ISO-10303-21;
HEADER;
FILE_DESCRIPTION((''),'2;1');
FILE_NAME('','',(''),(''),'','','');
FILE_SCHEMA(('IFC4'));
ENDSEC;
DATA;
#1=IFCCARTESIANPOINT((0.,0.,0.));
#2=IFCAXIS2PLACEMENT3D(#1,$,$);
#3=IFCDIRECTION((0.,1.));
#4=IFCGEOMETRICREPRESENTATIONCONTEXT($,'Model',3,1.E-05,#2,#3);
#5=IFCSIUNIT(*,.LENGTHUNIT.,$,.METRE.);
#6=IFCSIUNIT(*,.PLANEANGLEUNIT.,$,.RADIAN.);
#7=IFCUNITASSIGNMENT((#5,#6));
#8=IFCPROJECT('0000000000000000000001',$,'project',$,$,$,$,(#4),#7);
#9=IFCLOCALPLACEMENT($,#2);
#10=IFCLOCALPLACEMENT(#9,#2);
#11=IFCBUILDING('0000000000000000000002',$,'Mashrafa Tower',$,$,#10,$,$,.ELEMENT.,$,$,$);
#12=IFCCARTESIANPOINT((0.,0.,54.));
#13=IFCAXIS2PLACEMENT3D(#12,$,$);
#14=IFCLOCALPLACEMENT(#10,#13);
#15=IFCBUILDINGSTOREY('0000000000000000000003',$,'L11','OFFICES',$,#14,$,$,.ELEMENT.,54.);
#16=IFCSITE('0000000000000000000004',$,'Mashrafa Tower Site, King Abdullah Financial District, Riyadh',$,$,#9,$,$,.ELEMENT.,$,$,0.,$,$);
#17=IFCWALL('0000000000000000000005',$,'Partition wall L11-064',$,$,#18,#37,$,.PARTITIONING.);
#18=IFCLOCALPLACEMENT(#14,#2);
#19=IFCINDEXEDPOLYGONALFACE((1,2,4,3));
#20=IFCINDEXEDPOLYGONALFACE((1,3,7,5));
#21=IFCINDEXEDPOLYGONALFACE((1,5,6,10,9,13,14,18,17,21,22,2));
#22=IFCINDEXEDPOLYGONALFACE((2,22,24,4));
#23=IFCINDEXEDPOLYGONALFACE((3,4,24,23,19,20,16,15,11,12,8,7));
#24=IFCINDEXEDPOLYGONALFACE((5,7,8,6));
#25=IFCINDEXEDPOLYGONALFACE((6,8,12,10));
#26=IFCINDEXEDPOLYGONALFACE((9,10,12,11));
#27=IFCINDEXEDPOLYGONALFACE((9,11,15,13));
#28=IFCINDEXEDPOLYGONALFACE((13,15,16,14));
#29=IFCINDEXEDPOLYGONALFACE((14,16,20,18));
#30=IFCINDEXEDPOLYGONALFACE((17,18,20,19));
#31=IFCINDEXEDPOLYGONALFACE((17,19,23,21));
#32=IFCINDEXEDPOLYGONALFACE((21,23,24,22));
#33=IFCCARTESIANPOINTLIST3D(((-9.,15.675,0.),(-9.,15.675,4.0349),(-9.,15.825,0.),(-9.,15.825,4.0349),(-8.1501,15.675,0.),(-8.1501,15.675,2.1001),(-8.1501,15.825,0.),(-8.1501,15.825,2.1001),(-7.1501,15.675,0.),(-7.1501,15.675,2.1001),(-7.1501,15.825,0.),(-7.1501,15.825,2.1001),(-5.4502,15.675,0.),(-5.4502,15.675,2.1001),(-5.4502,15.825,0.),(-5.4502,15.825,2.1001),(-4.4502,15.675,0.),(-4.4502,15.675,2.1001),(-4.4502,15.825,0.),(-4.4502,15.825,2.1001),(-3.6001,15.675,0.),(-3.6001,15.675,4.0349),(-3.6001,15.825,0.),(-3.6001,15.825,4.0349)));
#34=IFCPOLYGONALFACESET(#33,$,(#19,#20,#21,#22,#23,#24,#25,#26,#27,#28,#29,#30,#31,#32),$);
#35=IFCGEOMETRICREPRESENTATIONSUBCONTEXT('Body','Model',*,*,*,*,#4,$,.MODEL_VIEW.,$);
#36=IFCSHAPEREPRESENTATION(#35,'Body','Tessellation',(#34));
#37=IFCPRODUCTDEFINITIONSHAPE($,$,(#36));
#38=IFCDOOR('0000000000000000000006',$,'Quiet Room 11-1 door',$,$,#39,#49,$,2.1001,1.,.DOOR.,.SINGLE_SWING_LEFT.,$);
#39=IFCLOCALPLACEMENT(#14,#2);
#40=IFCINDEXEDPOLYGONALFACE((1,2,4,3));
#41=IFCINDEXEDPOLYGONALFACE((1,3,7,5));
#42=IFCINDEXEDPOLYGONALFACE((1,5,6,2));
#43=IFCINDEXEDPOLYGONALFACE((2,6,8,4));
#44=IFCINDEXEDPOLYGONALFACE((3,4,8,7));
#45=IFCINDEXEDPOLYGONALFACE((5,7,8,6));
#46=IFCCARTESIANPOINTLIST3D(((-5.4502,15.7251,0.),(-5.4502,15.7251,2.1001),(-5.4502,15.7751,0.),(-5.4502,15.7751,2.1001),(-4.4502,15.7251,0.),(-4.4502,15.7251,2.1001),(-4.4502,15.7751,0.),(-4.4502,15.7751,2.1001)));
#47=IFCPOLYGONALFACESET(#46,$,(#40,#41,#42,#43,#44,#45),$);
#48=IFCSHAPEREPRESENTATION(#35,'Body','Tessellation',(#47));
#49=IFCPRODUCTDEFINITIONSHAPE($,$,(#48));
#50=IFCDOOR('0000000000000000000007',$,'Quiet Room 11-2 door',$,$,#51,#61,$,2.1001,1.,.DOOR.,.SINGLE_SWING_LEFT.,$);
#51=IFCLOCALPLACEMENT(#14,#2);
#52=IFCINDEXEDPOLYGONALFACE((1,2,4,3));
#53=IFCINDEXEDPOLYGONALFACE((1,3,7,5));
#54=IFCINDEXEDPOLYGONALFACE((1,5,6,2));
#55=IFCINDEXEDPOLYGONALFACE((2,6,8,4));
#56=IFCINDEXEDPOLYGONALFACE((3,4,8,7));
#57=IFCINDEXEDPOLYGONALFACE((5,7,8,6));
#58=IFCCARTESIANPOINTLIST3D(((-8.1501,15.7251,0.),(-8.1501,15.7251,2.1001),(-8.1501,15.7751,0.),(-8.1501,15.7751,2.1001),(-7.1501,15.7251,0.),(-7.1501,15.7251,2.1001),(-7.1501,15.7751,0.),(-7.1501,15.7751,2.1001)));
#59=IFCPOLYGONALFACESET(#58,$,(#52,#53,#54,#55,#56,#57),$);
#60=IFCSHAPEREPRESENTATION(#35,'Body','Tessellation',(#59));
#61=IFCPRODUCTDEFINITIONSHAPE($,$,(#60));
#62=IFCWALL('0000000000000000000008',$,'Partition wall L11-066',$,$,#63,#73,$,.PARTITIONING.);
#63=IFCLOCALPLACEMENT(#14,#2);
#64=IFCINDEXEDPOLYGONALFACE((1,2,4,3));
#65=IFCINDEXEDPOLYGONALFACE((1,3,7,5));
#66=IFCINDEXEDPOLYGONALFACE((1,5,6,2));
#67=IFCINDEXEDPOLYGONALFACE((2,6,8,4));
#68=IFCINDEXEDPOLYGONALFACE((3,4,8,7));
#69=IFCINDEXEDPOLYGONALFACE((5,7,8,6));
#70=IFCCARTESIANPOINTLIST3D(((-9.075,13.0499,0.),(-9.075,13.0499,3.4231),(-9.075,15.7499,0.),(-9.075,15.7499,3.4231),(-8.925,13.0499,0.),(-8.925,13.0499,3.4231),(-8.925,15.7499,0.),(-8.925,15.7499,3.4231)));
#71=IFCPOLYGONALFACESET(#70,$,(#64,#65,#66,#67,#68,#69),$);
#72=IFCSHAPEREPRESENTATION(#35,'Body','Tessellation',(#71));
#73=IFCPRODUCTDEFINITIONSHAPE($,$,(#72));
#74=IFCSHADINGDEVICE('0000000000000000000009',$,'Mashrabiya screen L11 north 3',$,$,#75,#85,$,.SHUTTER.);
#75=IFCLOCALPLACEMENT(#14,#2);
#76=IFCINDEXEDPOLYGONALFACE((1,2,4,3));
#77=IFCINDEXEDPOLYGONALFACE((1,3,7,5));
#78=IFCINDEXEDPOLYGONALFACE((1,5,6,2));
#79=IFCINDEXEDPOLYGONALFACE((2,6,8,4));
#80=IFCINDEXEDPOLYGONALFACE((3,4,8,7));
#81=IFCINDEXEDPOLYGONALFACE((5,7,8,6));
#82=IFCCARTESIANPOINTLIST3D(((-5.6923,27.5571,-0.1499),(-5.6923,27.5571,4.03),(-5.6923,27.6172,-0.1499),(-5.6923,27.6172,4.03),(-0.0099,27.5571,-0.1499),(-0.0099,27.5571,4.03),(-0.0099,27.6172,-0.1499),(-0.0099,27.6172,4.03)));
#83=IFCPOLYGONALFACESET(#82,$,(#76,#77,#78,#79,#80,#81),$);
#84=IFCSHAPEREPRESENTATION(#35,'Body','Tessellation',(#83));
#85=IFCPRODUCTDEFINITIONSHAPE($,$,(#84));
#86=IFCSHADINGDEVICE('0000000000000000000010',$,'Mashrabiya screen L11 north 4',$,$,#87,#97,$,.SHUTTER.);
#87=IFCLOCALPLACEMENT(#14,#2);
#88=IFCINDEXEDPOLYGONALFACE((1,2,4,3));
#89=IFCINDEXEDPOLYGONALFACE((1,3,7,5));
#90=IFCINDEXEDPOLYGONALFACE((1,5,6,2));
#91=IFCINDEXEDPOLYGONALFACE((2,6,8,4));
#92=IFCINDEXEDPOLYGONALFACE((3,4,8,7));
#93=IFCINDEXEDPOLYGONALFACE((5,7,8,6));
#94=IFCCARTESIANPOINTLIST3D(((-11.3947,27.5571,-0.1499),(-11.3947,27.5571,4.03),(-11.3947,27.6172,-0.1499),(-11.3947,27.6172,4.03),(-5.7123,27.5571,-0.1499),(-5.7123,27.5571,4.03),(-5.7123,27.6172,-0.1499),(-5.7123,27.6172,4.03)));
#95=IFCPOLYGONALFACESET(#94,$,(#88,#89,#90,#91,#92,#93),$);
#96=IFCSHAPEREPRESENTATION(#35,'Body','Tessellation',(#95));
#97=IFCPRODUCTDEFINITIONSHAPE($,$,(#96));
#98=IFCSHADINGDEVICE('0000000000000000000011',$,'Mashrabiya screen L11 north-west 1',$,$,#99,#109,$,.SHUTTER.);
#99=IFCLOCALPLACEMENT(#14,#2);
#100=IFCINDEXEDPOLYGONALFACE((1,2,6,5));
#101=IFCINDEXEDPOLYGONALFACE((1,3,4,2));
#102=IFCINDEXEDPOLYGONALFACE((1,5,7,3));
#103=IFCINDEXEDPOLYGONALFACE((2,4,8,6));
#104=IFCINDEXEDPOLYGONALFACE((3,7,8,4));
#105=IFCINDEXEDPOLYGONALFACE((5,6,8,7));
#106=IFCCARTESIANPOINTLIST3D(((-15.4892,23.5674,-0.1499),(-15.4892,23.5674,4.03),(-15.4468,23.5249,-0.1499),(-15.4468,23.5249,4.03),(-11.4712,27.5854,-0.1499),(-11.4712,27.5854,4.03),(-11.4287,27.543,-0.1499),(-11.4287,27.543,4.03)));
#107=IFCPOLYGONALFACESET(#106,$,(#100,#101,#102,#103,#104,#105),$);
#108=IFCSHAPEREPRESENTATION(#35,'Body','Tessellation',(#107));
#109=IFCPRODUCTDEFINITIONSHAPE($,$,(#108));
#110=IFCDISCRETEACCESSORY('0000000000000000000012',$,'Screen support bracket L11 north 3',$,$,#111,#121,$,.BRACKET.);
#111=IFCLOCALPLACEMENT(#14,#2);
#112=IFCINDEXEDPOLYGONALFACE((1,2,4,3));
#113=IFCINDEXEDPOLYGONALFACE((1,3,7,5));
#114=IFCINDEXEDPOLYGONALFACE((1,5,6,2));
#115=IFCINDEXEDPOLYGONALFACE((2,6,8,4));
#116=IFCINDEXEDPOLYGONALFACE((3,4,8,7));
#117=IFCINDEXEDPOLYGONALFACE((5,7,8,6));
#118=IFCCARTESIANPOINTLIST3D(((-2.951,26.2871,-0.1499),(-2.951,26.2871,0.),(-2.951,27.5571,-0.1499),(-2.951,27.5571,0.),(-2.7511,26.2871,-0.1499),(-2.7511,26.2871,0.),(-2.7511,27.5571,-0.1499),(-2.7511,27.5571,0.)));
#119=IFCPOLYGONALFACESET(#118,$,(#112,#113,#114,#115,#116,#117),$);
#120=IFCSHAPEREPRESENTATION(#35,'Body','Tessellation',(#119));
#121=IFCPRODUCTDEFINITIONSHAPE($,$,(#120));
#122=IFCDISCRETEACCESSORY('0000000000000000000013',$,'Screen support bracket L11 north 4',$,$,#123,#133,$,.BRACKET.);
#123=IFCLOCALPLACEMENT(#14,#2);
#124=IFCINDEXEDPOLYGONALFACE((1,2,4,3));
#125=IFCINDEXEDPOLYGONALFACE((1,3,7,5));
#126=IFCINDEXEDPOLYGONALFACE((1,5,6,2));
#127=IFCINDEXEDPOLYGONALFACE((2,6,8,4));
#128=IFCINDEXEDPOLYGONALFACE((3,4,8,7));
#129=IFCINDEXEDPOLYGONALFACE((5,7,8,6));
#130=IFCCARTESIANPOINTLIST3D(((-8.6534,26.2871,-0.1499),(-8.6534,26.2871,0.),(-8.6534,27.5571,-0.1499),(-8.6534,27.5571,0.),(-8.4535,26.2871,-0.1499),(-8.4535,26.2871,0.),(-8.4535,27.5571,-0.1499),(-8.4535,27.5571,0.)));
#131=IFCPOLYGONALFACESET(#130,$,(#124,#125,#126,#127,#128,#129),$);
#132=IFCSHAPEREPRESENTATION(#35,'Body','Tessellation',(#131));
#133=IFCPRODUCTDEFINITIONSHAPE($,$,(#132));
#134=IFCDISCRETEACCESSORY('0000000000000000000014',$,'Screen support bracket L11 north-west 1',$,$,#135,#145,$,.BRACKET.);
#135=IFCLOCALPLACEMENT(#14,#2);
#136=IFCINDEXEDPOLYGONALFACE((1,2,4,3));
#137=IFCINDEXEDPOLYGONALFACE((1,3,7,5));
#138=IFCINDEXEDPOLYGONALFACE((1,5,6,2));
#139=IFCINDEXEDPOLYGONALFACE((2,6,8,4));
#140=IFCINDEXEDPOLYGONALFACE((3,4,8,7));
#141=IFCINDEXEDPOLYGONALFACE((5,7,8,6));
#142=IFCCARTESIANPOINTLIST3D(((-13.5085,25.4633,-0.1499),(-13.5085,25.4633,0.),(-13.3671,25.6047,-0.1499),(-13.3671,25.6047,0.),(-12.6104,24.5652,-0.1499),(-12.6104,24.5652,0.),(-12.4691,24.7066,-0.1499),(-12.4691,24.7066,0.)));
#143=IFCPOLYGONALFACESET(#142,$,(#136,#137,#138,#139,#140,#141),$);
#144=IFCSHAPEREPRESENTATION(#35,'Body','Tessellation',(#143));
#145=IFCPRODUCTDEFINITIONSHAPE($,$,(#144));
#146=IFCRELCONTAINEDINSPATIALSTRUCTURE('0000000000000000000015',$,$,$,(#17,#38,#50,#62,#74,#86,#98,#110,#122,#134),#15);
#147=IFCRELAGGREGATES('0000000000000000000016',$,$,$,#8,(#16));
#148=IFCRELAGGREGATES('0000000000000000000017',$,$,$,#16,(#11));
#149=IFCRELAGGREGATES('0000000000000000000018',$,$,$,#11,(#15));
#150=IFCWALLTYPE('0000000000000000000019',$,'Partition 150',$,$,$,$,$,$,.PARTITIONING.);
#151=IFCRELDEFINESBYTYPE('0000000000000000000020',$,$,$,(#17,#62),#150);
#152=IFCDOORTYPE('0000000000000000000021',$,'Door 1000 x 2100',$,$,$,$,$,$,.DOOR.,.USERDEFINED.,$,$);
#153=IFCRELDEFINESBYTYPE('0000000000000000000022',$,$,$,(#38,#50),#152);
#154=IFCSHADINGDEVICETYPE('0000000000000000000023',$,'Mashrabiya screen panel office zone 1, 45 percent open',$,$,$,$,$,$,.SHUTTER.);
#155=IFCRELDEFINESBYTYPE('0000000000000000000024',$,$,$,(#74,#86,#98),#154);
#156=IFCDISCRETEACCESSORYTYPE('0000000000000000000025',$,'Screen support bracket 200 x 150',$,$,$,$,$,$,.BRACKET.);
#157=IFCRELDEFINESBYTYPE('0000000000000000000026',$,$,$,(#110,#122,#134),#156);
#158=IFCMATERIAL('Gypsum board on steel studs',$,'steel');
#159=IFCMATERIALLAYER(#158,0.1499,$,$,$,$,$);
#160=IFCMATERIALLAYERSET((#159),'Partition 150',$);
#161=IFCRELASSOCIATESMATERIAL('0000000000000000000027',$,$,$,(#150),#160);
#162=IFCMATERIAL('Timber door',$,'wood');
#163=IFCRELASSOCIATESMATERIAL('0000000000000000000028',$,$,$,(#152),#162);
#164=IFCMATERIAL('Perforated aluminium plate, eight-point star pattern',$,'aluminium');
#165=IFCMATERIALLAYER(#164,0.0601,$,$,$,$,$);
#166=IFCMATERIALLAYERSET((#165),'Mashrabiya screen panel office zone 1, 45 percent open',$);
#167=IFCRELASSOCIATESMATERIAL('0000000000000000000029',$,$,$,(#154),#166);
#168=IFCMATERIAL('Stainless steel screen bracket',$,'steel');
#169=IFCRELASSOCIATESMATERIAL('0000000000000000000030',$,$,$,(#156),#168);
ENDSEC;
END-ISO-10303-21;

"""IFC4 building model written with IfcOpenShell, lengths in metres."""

from ifc_helpers import new_model, si_unit, direction, frame, frame_2d, origin, origin_2d, place, context, subcontext, project, spatial, rectangle, extrude, source, transform, mapped, material, layer, layer_set, type_object, type_shapes, element, fill, save


model = new_model("IFC4")

# Units and contexts
model_context = context("Model", 3, precision=1e-05, world=origin(), true_north=direction((0.0, 1.0)))
body_context = subcontext(model_context, "Body", "Model", "MODEL_VIEW")
ifc_project = project(units=[si_unit("LENGTHUNIT", "METRE"), si_unit("PLANEANGLEUNIT", "RADIAN")], contexts=[model_context])

# Site, building, storey
site_placement = place(None, origin())
site = spatial("IfcSite", under=ifc_project, at=site_placement, Name="Mashrafa Tower Site, King Abdullah Financial District, Riyadh", CompositionType="ELEMENT", RefElevation=0.0)
building_placement = place(site_placement, origin())
building = spatial("IfcBuilding", under=site, at=building_placement, Name="Mashrafa Tower", CompositionType="ELEMENT")
storey_placement = place(building_placement, frame((0.0, 0.0, 54.0)))
storey = spatial("IfcBuildingStorey", under=building, at=storey_placement, Name="L11", Description="OFFICES", CompositionType="ELEMENT", Elevation=54.0)

# Shared definitions
ifc_material_1 = material(Name="Gypsum board on steel studs", Category="steel")
ifc_layer_1 = layer(ifc_material_1, 0.1499)
ifc_layer_set_1 = layer_set([ifc_layer_1], Name="Partition 150")
wall_type_1 = type_object("IfcWallType", Name="Partition 150", PredefinedType="PARTITIONING", material=ifc_layer_set_1)

# Wall, openings, doors
wall_1_placement = place(storey_placement, frame((-3.6001, 15.75, 0.0), z_axis=(0.0, 0.0, 1.0), x_axis=(-1.0, 0.0, 0.0)))
wall_1 = element("IfcWall", 1, at=wall_1_placement, inside=storey, type_object=wall_type_1, Name="Partition wall L11-064", PredefinedType="PARTITIONING", context=body_context, shape_type="SweptSolid", body=[
    extrude(rectangle(XDim=5.3999, YDim=0.1499, at=frame_2d((2.7, 0.0))), origin(), (0.0, 0.0, 1.0), 4.0349),
])
opening_1_placement = place(wall_1_placement, frame((0.8501, 0.0, 0.0)))
opening_1 = element("IfcOpeningElement", 2, at=opening_1_placement, cuts=wall_1, PredefinedType="OPENING", context=body_context, shape_type="SweptSolid", body=[
    extrude(rectangle(XDim=1.0, YDim=2.1001, at=frame_2d((0.5, 1.05))), frame((0.0, 0.085, 0.0), z_axis=(0.0, -1.0, 0.0), x_axis=(1.0, 0.0, 0.0)), (0.0, 0.0, 1.0), 0.1699),
])
opening_2_placement = place(wall_1_placement, frame((3.55, 0.0, 0.0)))
opening_2 = element("IfcOpeningElement", 3, at=opening_2_placement, cuts=wall_1, PredefinedType="OPENING", context=body_context, shape_type="SweptSolid", body=[
    extrude(rectangle(XDim=1.0, YDim=2.1001, at=frame_2d((0.5, 1.05))), frame((0.0, 0.085, 0.0), z_axis=(0.0, -1.0, 0.0), x_axis=(1.0, 0.0, 0.0)), (0.0, 0.0, 1.0), 0.1699),
])
ifc_material_2 = material(Name="Timber door", Category="wood")
door_type_1 = type_object("IfcDoorType", Name="Door 1000 x 2100", OperationType="USERDEFINED", PredefinedType="DOOR", material=ifc_material_2)
door_1_placement = place(opening_1_placement, origin())
door_1 = element("IfcDoor", 4, at=door_1_placement, inside=storey, type_object=door_type_1, Name="Quiet Room 11-1 door", OperationType="SINGLE_SWING_LEFT", OverallHeight=2.1001, OverallWidth=1.0, PredefinedType="DOOR", context=body_context, shape_type="SweptSolid", body=[
    extrude(rectangle(XDim=1.0, YDim=2.1001, at=frame_2d((0.5, 1.05))), frame((0.0, 0.0249, 0.0), z_axis=(0.0, -1.0, 0.0), x_axis=(1.0, 0.0, 0.0)), (0.0, 0.0, 1.0), 0.05),
])
fill(opening_1, door_1)
door_2_placement = place(opening_2_placement, origin())
door_2 = element("IfcDoor", 5, at=door_2_placement, inside=storey, type_object=door_type_1, Name="Quiet Room 11-2 door", OperationType="SINGLE_SWING_LEFT", OverallHeight=2.1001, OverallWidth=1.0, PredefinedType="DOOR", context=body_context, shape_type="SweptSolid", body=[
    extrude(rectangle(XDim=1.0, YDim=2.1001, at=frame_2d((0.5, 1.05))), frame((0.0, 0.0249, 0.0), z_axis=(0.0, -1.0, 0.0), x_axis=(1.0, 0.0, 0.0)), (0.0, 0.0, 1.0), 0.05),
])
fill(opening_2, door_2)

# Wall
wall_2_placement = place(storey_placement, frame((-9.0, 15.75, 0.0), z_axis=(0.0, 0.0, 1.0), x_axis=(0.0, -1.0, 0.0)))
element("IfcWall", 6, at=wall_2_placement, inside=storey, type_object=wall_type_1, Name="Partition wall L11-066", PredefinedType="PARTITIONING", context=body_context, shape_type="SweptSolid", body=[
    extrude(rectangle(XDim=2.7, YDim=0.1499, at=frame_2d((1.3501, 0.0))), origin(), (0.0, 0.0, 1.0), 3.4231),
])

# Shading devices
ifc_material_3 = material(Name="Perforated aluminium plate, eight-point star pattern", Category="aluminium")
ifc_layer_2 = layer(ifc_material_3, 0.0601)
ifc_layer_set_2 = layer_set([ifc_layer_2], Name="Mashrabiya screen panel office zone 1, 45 percent open")
shading_device_type = type_object("IfcShadingDeviceType", Name="Mashrabiya screen panel office zone 1, 45 percent open", PredefinedType="SHUTTER", material=ifc_layer_set_2)
shared_shape_1 = source(origin(), body_context, "Body", "SweptSolid", [
    extrude(rectangle(XDim=5.6824, YDim=0.0601, at=origin_2d()), origin(), (0.0, 0.0, 1.0), 4.1799),
])
type_shapes(shading_device_type, [shared_shape_1])
for number, where, z_axis, x_axis, name in (
    (7, (-2.8511, 27.5872, -0.1499), (0.0, 0.0, 1.0), (-1.0, 0.0, 0.0), "Mashrabiya screen L11 north 3"),
    (8, (-8.5535, 27.5872, -0.1499), (0.0, 0.0, 1.0), (-1.0, 0.0, 0.0), "Mashrabiya screen L11 north 4"),
    (9, (-13.459, 25.5552, -0.1499), (0.0, 0.0, 1.0), (-0.707107, -0.707107, 0.0), "Mashrabiya screen L11 north-west 1"),
):
    element("IfcShadingDevice", number, at=place(storey_placement, frame(where, z_axis=z_axis, x_axis=x_axis)), inside=storey, type_object=shading_device_type, Name=name, PredefinedType="SHUTTER", context=body_context, shape_type="MappedRepresentation", body=[
        mapped(shared_shape_1, transform((0.0, 0.0, 0.0))),
    ])

# Discrete accessories
ifc_material_4 = material(Name="Stainless steel screen bracket", Category="steel")
discrete_accessory_type = type_object("IfcDiscreteAccessoryType", Name="Screen support bracket 200 x 150", PredefinedType="BRACKET", material=ifc_material_4)
shared_shape_2 = source(origin(), body_context, "Body", "SweptSolid", [
    extrude(rectangle(XDim=0.2, YDim=1.27, at=origin_2d()), origin(), (0.0, 0.0, 1.0), 0.1499),
])
type_shapes(discrete_accessory_type, [shared_shape_2])
for number, where, z_axis, x_axis, name in (
    (10, (-2.8511, 26.9221, -0.1499), (0.0, 0.0, 1.0), (-1.0, 0.0, 0.0), "Screen support bracket L11 north 3"),
    (11, (-8.5535, 26.9221, -0.1499), (0.0, 0.0, 1.0), (-1.0, 0.0, 0.0), "Screen support bracket L11 north 4"),
    (12, (-12.9888, 25.085, -0.1499), (0.0, 0.0, 1.0), (-0.707107, -0.707107, 0.0), "Screen support bracket L11 north-west 1"),
):
    element("IfcDiscreteAccessory", number, at=place(storey_placement, frame(where, z_axis=z_axis, x_axis=x_axis)), inside=storey, type_object=discrete_accessory_type, Name=name, PredefinedType="BRACKET", context=body_context, shape_type="MappedRepresentation", body=[
        mapped(shared_shape_2, transform((0.0, 0.0, 0.0))),
    ])

save(model, "model.ifc")
